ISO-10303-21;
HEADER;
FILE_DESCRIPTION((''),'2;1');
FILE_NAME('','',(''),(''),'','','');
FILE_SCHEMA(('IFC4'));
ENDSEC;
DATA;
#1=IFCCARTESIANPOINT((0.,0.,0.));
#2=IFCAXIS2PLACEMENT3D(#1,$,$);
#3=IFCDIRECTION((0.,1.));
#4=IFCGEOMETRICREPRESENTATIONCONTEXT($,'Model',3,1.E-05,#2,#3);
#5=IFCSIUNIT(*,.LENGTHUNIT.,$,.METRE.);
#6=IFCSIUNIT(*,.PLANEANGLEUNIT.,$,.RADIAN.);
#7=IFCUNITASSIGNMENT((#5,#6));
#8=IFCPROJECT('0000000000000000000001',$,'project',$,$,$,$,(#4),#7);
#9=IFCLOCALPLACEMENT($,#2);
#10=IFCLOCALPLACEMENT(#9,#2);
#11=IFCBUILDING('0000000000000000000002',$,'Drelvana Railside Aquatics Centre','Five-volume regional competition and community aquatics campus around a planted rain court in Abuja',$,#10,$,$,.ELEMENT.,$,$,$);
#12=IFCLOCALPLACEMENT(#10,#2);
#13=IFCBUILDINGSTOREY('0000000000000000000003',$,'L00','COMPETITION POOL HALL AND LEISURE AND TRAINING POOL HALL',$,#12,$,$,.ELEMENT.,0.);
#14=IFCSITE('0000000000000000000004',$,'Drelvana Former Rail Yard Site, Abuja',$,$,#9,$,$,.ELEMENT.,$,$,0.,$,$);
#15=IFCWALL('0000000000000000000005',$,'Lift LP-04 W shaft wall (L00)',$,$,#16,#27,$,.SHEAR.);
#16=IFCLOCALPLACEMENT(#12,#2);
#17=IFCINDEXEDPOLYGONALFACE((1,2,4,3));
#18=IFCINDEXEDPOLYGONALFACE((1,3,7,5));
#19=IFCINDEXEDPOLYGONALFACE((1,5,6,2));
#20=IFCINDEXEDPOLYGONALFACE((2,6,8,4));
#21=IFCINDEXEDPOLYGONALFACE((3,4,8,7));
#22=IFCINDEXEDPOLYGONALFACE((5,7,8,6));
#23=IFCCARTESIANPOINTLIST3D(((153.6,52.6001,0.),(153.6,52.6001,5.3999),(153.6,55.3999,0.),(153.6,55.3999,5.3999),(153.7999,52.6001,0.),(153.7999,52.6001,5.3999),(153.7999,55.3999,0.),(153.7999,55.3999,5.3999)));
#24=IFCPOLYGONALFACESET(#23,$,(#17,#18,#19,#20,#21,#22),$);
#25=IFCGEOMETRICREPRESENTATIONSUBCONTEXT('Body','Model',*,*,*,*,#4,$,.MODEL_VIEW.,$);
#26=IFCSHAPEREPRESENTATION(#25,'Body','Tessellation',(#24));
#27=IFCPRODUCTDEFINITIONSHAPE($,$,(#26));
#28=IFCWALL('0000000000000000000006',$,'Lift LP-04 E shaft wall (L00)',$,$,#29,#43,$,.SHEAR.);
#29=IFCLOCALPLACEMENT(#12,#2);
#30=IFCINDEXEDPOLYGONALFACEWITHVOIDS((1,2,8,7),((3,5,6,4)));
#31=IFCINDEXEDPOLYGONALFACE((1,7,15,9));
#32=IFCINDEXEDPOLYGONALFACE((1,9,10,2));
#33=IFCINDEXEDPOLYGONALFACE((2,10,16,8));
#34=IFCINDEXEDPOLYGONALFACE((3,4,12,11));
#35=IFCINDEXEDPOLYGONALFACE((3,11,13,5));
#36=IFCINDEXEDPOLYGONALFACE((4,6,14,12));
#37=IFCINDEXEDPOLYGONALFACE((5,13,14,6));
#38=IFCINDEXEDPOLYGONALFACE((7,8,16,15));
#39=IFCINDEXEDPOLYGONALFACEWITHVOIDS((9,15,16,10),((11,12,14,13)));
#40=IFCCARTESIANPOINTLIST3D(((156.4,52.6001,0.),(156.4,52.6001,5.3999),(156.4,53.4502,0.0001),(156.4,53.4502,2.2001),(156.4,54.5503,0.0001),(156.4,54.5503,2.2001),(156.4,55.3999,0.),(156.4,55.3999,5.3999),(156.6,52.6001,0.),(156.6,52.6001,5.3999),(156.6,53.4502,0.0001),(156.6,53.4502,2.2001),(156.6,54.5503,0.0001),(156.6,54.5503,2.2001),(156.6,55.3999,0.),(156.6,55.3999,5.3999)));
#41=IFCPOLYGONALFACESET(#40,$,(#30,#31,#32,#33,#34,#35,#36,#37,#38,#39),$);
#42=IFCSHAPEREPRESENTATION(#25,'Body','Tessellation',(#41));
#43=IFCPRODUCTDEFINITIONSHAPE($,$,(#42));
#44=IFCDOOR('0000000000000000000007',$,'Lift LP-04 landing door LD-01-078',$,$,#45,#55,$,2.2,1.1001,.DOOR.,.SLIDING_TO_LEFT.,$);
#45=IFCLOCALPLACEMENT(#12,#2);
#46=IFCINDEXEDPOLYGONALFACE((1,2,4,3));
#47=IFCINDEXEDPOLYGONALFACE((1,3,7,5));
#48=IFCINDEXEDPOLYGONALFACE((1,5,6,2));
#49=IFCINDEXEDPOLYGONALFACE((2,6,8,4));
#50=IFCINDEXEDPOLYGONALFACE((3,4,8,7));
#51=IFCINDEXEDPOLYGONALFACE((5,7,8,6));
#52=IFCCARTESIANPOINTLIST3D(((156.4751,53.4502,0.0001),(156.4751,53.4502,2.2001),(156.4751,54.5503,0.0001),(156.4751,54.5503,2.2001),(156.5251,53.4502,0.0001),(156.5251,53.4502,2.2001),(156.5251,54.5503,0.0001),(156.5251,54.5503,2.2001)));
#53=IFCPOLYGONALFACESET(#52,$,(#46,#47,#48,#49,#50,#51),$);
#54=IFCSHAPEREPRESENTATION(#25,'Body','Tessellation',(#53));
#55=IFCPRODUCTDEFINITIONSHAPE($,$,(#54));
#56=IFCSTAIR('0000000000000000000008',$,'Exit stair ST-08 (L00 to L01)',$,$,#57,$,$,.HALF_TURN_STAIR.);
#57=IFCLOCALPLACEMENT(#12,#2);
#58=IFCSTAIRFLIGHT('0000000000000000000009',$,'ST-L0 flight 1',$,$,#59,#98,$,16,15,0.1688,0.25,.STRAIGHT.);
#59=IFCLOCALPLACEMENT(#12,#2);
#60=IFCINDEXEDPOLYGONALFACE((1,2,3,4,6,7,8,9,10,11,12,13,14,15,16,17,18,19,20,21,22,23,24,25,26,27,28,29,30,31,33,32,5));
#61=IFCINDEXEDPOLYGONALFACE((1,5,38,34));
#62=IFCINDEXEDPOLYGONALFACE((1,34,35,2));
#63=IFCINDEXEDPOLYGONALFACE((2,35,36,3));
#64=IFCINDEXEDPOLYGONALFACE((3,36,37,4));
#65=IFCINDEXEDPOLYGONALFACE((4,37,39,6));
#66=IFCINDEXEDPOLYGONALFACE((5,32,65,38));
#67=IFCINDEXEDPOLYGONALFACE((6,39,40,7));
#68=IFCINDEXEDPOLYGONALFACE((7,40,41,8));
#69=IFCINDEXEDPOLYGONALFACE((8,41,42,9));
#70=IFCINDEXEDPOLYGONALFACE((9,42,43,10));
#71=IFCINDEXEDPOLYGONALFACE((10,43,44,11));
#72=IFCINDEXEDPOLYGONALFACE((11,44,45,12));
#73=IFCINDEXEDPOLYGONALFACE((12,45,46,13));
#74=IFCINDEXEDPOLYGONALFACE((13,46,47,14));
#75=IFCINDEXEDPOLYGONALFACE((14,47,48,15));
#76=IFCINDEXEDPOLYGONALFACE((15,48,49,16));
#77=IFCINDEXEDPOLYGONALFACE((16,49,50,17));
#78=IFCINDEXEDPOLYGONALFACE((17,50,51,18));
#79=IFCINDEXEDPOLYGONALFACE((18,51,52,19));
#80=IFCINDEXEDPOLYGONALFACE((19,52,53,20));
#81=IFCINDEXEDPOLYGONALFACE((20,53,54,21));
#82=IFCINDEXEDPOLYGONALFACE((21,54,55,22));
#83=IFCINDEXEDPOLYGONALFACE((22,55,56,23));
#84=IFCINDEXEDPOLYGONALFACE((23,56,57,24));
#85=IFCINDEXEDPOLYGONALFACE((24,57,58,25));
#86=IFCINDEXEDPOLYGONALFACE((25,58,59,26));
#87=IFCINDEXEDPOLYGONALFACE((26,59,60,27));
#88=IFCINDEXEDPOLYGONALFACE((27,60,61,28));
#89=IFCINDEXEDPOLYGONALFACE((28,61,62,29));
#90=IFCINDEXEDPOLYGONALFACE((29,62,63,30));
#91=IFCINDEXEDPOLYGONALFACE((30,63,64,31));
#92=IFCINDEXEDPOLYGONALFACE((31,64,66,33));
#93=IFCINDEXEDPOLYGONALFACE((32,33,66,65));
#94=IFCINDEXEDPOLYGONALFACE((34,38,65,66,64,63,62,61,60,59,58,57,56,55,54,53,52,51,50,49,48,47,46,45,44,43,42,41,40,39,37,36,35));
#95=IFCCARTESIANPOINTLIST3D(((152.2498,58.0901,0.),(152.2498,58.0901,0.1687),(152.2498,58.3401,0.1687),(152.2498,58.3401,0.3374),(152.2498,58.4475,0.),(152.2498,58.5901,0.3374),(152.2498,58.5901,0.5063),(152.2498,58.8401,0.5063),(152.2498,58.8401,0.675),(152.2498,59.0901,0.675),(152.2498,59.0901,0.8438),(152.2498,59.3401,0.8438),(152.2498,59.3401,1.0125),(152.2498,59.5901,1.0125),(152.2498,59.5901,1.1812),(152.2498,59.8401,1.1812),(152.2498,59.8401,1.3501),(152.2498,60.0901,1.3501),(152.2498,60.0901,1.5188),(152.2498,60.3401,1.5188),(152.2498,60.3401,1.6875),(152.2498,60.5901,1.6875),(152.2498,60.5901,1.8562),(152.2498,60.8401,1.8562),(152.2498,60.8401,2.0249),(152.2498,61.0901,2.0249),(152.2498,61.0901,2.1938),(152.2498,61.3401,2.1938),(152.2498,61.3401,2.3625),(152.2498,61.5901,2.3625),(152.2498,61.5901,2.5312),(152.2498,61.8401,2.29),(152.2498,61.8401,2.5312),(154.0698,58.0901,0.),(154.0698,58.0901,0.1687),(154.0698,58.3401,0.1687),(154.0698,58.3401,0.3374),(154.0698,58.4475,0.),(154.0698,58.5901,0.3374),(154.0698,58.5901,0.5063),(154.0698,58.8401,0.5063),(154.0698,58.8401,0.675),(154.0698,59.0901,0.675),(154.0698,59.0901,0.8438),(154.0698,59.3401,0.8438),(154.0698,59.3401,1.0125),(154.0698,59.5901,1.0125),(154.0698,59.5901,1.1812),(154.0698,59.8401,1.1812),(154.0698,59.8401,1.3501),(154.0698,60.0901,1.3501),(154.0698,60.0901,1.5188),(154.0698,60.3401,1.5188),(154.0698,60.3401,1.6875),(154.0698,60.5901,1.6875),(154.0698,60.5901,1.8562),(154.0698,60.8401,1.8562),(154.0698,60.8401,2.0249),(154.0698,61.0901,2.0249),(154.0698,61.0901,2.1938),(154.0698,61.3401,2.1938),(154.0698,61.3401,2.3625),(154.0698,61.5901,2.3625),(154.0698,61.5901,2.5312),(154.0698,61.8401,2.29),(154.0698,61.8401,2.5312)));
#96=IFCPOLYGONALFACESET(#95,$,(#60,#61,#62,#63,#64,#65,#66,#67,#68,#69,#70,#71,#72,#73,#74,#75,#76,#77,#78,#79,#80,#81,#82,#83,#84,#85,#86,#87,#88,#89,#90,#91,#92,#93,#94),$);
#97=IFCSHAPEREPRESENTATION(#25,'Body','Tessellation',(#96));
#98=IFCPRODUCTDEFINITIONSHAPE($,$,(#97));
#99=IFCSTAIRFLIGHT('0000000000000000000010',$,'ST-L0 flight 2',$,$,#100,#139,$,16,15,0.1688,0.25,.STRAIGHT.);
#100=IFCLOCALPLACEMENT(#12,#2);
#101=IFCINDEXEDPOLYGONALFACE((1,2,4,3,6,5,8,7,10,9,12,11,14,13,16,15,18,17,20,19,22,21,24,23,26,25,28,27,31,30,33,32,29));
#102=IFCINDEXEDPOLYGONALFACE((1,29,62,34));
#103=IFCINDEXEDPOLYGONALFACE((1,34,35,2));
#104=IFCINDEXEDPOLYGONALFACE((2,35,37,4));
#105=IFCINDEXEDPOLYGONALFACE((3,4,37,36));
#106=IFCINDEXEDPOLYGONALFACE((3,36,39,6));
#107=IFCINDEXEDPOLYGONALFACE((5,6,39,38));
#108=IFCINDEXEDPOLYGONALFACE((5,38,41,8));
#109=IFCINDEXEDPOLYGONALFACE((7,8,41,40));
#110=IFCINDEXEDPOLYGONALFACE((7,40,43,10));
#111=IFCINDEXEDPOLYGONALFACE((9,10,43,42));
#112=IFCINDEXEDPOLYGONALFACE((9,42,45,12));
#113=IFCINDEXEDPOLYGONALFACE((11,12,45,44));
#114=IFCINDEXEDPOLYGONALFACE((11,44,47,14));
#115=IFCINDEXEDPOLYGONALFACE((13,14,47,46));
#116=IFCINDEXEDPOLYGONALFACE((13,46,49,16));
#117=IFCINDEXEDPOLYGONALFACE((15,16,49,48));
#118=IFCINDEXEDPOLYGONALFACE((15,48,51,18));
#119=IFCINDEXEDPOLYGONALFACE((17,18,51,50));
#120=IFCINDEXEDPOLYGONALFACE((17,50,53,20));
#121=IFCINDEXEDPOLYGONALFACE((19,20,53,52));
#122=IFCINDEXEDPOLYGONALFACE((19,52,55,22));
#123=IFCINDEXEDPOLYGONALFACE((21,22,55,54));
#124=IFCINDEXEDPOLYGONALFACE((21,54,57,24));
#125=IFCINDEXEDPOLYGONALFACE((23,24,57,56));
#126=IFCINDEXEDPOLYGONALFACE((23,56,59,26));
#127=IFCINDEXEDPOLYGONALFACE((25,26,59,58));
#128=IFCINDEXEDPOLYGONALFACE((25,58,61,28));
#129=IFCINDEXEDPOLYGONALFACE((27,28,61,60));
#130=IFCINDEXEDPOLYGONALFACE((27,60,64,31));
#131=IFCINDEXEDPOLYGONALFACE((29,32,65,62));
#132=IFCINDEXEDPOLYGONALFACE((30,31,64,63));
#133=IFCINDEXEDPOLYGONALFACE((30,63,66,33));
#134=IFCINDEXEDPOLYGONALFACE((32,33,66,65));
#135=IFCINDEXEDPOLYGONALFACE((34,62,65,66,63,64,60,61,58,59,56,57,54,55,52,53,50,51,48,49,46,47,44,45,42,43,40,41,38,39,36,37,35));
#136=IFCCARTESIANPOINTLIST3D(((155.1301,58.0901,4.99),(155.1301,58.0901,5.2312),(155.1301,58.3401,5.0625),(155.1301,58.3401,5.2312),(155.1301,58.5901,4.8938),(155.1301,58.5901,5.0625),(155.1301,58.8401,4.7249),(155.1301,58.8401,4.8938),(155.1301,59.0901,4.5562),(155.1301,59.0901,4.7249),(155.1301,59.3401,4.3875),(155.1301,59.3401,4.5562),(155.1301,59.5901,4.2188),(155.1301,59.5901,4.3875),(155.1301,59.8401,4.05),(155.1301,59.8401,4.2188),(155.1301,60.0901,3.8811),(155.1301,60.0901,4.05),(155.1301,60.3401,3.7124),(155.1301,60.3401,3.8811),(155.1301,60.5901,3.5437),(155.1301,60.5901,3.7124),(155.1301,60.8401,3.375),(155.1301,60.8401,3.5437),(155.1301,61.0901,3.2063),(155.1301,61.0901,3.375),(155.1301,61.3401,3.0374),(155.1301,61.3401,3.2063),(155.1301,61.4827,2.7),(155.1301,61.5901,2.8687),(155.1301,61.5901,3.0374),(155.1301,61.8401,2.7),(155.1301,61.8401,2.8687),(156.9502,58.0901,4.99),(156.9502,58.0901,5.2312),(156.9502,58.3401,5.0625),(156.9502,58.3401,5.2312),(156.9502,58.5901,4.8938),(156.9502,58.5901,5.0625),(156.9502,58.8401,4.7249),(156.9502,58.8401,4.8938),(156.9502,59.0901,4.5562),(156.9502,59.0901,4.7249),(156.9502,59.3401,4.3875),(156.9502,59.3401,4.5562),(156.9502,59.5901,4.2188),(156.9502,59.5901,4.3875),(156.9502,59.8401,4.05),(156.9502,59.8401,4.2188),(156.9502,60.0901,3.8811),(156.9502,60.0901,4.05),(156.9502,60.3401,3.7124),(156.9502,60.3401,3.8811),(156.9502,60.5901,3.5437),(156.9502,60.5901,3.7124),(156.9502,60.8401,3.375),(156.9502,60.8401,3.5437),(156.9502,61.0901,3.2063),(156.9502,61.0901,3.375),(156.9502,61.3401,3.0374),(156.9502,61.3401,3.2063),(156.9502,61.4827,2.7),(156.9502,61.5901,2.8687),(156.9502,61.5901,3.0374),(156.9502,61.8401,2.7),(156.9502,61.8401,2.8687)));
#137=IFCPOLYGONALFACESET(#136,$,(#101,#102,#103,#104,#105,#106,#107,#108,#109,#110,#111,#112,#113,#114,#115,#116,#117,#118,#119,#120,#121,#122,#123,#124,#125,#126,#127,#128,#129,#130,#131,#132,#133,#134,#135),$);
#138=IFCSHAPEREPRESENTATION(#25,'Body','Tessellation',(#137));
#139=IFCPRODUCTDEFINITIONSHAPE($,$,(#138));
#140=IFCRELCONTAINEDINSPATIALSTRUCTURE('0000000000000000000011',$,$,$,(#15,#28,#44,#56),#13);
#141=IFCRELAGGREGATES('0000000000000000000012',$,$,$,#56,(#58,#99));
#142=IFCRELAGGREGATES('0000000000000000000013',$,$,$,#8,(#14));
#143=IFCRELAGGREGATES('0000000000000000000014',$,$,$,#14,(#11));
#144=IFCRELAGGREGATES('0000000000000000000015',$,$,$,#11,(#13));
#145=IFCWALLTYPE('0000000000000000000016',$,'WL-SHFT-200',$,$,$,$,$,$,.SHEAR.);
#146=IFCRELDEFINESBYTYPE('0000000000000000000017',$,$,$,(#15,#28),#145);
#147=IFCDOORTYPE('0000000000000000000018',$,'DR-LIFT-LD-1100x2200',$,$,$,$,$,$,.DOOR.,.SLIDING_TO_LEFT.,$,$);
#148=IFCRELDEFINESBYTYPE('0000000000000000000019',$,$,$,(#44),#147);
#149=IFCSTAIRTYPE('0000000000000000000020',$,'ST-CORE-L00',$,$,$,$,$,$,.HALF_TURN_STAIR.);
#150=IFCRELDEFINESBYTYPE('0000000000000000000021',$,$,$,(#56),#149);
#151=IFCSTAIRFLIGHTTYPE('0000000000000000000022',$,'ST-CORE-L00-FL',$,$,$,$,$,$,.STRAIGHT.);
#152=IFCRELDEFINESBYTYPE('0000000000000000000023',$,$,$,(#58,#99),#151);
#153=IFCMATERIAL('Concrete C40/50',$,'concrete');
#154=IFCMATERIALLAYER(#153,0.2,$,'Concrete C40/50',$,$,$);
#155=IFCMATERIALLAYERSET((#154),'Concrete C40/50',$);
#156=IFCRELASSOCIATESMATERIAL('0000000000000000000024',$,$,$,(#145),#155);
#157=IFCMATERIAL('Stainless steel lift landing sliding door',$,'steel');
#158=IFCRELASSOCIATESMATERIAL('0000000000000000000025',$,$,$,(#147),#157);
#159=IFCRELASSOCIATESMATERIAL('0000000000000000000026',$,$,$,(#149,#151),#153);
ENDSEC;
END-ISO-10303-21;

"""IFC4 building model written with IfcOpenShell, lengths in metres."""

from ifc_helpers import new_model, si_unit, direction, frame, frame_2d, origin, place, context, subcontext, project, spatial, polyline, rectangle, outline, extrude, material, layer, layer_set, type_object, element, fill, aggregate, save


model = new_model("IFC4")

# Units and contexts
model_context = context("Model", 3, precision=1e-05, world=origin(), true_north=direction((0.0, 1.0)))
body_context = subcontext(model_context, "Body", "Model", "MODEL_VIEW")
ifc_project = project(units=[si_unit("LENGTHUNIT", "METRE"), si_unit("PLANEANGLEUNIT", "RADIAN")], contexts=[model_context])

# Site, building, storey
site_placement = place(None, origin())
site = spatial("IfcSite", under=ifc_project, at=site_placement, Name="Drelvana Former Rail Yard Site, Abuja", CompositionType="ELEMENT", RefElevation=0.0)
building_placement = place(site_placement, origin())
building = spatial("IfcBuilding", under=site, at=building_placement, Name="Drelvana Railside Aquatics Centre", Description="Five-volume regional competition and community aquatics campus around a planted rain court in Abuja", CompositionType="ELEMENT")
storey_placement = place(building_placement, origin())
storey = spatial("IfcBuildingStorey", under=building, at=storey_placement, Name="L00", Description="COMPETITION POOL HALL AND LEISURE AND TRAINING POOL HALL", CompositionType="ELEMENT", Elevation=0.0)

# Shared definitions
ifc_material_1 = material(Name="Concrete C40/50", Category="concrete")

# Wall
ifc_layer_1 = layer(ifc_material_1, 0.2, Name="Concrete C40/50")
ifc_layer_set_1 = layer_set([ifc_layer_1], Name="Concrete C40/50")
wall_type_1 = type_object("IfcWallType", Name="WL-SHFT-200", PredefinedType="SHEAR", material=ifc_layer_set_1)
wall_1_placement = place(storey_placement, frame((153.7, 52.6001, 0.0), z_axis=(0.0, 0.0, 1.0), x_axis=(0.0, 1.0, 0.0)))
element("IfcWall", 1, at=wall_1_placement, inside=storey, type_object=wall_type_1, Name="Lift LP-04 W shaft wall (L00)", PredefinedType="SHEAR", context=body_context, shape_type="SweptSolid", body=[
    extrude(rectangle(XDim=2.7998, YDim=0.2, at=frame_2d((1.3999, 0.0))), origin(), (0.0, 0.0, 1.0), 5.3999),
])

# Wall, opening, door
wall_2_placement = place(storey_placement, frame((156.5, 52.6001, 0.0), z_axis=(0.0, 0.0, 1.0), x_axis=(0.0, 1.0, 0.0)))
wall_2 = element("IfcWall", 2, at=wall_2_placement, inside=storey, type_object=wall_type_1, Name="Lift LP-04 E shaft wall (L00)", PredefinedType="SHEAR", context=body_context, shape_type="SweptSolid", body=[
    extrude(rectangle(XDim=2.7998, YDim=0.2, at=frame_2d((1.3999, 0.0))), origin(), (0.0, 0.0, 1.0), 5.3999),
])
opening_1_placement = place(wall_2_placement, frame((0.8501, 0.0, 0.0)))
opening_1 = element("IfcOpeningElement", 3, at=opening_1_placement, cuts=wall_2, PredefinedType="OPENING", context=body_context, shape_type="SweptSolid", body=[
    extrude(rectangle(XDim=1.1001, YDim=2.2, at=frame_2d((0.55, 1.1001))), frame((0.0, 0.1099, 0.0), z_axis=(0.0, -1.0, 0.0), x_axis=(1.0, 0.0, 0.0)), (0.0, 0.0, 1.0), 0.22),
])
ifc_material_2 = material(Name="Stainless steel lift landing sliding door", Category="steel")
door_type_1 = type_object("IfcDoorType", Name="DR-LIFT-LD-1100x2200", OperationType="SLIDING_TO_LEFT", PredefinedType="DOOR", material=ifc_material_2)
door_1_placement = place(opening_1_placement, origin())
door_1 = element("IfcDoor", 4, at=door_1_placement, inside=storey, type_object=door_type_1, Name="Lift LP-04 landing door LD-01-078", OperationType="SLIDING_TO_LEFT", OverallHeight=2.2, OverallWidth=1.1001, PredefinedType="DOOR", context=body_context, shape_type="SweptSolid", body=[
    extrude(rectangle(XDim=1.1001, YDim=2.2, at=frame_2d((0.55, 1.1001))), frame((0.0, 0.0249, 0.0), z_axis=(0.0, -1.0, 0.0), x_axis=(1.0, 0.0, 0.0)), (0.0, 0.0, 1.0), 0.05),
])
fill(opening_1, door_1)

# Stair, stair flights
stair_type = type_object("IfcStairType", Name="ST-CORE-L00", PredefinedType="HALF_TURN_STAIR", material=ifc_material_1)
stair_placement = place(storey_placement, origin())
stair = element("IfcStair", 5, at=stair_placement, inside=storey, type_object=stair_type, Name="Exit stair ST-08 (L00 to L01)", PredefinedType="HALF_TURN_STAIR")
stair_flight_type = type_object("IfcStairFlightType", Name="ST-CORE-L00-FL", PredefinedType="STRAIGHT", material=ifc_material_1)
stair_flight_1_placement = place(storey_placement, frame((153.1599, 58.0901, 0.0), z_axis=(0.0, 0.0, 1.0), x_axis=(0.0, 1.0, 0.0)))
stair_flight_1 = element("IfcStairFlight", 6, at=stair_flight_1_placement, type_object=stair_flight_type, Name="ST-L0 flight 1", NumberOfRisers=16, NumberOfTreads=15, PredefinedType="STRAIGHT", RiserHeight=0.1688, TreadLength=0.25, context=body_context, shape_type="SweptSolid", body=[
    extrude(outline(polyline([(0.0, 0.0), (0.0, 0.1687), (0.25, 0.1687), (0.25, 0.3374), (0.5, 0.3374), (0.5, 0.5063), (0.75, 0.5063), (0.75, 0.675), (1.0, 0.675), (1.0, 0.8438), (1.25, 0.8438), (1.25, 1.0125), (1.5, 1.0125), (1.5, 1.1812), (1.75, 1.1812), (1.75, 1.3501), (2.0, 1.3501), (2.0, 1.5188), (2.25, 1.5188), (2.25, 1.6875), (2.5, 1.6875), (2.5, 1.8562), (2.75, 1.8562), (2.75, 2.0249), (3.0, 2.0249), (3.0, 2.1938), (3.25, 2.1938), (3.25, 2.3625), (3.5, 2.3625), (3.5, 2.5312), (3.75, 2.5312), (3.75, 2.7), (3.75, 2.29), (0.3574, 0.0), (0.0, 0.0)])), frame((0.0, 0.9102, 0.0), z_axis=(0.0, -1.0, 0.0), x_axis=(1.0, 0.0, 0.0)), (0.0, 0.0, 1.0), 1.8201),
])
stair_flight_2_placement = place(storey_placement, frame((156.04, 61.8401, 2.7), z_axis=(0.0, 0.0, 1.0), x_axis=(0.0, -1.0, 0.0)))
stair_flight_2 = element("IfcStairFlight", 7, at=stair_flight_2_placement, type_object=stair_flight_type, Name="ST-L0 flight 2", NumberOfRisers=16, NumberOfTreads=15, PredefinedType="STRAIGHT", RiserHeight=0.1688, TreadLength=0.25, context=body_context, shape_type="SweptSolid", body=[
    extrude(outline(polyline([(0.0, 0.0), (0.0, 0.1687), (0.25, 0.1687), (0.25, 0.3374), (0.5, 0.3374), (0.5, 0.5063), (0.75, 0.5063), (0.75, 0.675), (1.0, 0.675), (1.0, 0.8438), (1.25, 0.8438), (1.25, 1.0125), (1.5, 1.0125), (1.5, 1.1812), (1.75, 1.1812), (1.75, 1.3501), (2.0, 1.3501), (2.0, 1.5188), (2.25, 1.5188), (2.25, 1.6875), (2.5, 1.6875), (2.5, 1.8562), (2.75, 1.8562), (2.75, 2.0249), (3.0, 2.0249), (3.0, 2.1938), (3.25, 2.1938), (3.25, 2.3625), (3.5, 2.3625), (3.5, 2.5312), (3.75, 2.5312), (3.75, 2.7), (3.75, 2.29), (0.3574, 0.0), (0.0, 0.0)])), frame((0.0, 0.9102, 0.0), z_axis=(0.0, -1.0, 0.0), x_axis=(1.0, 0.0, 0.0)), (0.0, 0.0, 1.0), 1.8201),
])
aggregate(stair, [stair_flight_1, stair_flight_2])

save(model, "model.ifc")
